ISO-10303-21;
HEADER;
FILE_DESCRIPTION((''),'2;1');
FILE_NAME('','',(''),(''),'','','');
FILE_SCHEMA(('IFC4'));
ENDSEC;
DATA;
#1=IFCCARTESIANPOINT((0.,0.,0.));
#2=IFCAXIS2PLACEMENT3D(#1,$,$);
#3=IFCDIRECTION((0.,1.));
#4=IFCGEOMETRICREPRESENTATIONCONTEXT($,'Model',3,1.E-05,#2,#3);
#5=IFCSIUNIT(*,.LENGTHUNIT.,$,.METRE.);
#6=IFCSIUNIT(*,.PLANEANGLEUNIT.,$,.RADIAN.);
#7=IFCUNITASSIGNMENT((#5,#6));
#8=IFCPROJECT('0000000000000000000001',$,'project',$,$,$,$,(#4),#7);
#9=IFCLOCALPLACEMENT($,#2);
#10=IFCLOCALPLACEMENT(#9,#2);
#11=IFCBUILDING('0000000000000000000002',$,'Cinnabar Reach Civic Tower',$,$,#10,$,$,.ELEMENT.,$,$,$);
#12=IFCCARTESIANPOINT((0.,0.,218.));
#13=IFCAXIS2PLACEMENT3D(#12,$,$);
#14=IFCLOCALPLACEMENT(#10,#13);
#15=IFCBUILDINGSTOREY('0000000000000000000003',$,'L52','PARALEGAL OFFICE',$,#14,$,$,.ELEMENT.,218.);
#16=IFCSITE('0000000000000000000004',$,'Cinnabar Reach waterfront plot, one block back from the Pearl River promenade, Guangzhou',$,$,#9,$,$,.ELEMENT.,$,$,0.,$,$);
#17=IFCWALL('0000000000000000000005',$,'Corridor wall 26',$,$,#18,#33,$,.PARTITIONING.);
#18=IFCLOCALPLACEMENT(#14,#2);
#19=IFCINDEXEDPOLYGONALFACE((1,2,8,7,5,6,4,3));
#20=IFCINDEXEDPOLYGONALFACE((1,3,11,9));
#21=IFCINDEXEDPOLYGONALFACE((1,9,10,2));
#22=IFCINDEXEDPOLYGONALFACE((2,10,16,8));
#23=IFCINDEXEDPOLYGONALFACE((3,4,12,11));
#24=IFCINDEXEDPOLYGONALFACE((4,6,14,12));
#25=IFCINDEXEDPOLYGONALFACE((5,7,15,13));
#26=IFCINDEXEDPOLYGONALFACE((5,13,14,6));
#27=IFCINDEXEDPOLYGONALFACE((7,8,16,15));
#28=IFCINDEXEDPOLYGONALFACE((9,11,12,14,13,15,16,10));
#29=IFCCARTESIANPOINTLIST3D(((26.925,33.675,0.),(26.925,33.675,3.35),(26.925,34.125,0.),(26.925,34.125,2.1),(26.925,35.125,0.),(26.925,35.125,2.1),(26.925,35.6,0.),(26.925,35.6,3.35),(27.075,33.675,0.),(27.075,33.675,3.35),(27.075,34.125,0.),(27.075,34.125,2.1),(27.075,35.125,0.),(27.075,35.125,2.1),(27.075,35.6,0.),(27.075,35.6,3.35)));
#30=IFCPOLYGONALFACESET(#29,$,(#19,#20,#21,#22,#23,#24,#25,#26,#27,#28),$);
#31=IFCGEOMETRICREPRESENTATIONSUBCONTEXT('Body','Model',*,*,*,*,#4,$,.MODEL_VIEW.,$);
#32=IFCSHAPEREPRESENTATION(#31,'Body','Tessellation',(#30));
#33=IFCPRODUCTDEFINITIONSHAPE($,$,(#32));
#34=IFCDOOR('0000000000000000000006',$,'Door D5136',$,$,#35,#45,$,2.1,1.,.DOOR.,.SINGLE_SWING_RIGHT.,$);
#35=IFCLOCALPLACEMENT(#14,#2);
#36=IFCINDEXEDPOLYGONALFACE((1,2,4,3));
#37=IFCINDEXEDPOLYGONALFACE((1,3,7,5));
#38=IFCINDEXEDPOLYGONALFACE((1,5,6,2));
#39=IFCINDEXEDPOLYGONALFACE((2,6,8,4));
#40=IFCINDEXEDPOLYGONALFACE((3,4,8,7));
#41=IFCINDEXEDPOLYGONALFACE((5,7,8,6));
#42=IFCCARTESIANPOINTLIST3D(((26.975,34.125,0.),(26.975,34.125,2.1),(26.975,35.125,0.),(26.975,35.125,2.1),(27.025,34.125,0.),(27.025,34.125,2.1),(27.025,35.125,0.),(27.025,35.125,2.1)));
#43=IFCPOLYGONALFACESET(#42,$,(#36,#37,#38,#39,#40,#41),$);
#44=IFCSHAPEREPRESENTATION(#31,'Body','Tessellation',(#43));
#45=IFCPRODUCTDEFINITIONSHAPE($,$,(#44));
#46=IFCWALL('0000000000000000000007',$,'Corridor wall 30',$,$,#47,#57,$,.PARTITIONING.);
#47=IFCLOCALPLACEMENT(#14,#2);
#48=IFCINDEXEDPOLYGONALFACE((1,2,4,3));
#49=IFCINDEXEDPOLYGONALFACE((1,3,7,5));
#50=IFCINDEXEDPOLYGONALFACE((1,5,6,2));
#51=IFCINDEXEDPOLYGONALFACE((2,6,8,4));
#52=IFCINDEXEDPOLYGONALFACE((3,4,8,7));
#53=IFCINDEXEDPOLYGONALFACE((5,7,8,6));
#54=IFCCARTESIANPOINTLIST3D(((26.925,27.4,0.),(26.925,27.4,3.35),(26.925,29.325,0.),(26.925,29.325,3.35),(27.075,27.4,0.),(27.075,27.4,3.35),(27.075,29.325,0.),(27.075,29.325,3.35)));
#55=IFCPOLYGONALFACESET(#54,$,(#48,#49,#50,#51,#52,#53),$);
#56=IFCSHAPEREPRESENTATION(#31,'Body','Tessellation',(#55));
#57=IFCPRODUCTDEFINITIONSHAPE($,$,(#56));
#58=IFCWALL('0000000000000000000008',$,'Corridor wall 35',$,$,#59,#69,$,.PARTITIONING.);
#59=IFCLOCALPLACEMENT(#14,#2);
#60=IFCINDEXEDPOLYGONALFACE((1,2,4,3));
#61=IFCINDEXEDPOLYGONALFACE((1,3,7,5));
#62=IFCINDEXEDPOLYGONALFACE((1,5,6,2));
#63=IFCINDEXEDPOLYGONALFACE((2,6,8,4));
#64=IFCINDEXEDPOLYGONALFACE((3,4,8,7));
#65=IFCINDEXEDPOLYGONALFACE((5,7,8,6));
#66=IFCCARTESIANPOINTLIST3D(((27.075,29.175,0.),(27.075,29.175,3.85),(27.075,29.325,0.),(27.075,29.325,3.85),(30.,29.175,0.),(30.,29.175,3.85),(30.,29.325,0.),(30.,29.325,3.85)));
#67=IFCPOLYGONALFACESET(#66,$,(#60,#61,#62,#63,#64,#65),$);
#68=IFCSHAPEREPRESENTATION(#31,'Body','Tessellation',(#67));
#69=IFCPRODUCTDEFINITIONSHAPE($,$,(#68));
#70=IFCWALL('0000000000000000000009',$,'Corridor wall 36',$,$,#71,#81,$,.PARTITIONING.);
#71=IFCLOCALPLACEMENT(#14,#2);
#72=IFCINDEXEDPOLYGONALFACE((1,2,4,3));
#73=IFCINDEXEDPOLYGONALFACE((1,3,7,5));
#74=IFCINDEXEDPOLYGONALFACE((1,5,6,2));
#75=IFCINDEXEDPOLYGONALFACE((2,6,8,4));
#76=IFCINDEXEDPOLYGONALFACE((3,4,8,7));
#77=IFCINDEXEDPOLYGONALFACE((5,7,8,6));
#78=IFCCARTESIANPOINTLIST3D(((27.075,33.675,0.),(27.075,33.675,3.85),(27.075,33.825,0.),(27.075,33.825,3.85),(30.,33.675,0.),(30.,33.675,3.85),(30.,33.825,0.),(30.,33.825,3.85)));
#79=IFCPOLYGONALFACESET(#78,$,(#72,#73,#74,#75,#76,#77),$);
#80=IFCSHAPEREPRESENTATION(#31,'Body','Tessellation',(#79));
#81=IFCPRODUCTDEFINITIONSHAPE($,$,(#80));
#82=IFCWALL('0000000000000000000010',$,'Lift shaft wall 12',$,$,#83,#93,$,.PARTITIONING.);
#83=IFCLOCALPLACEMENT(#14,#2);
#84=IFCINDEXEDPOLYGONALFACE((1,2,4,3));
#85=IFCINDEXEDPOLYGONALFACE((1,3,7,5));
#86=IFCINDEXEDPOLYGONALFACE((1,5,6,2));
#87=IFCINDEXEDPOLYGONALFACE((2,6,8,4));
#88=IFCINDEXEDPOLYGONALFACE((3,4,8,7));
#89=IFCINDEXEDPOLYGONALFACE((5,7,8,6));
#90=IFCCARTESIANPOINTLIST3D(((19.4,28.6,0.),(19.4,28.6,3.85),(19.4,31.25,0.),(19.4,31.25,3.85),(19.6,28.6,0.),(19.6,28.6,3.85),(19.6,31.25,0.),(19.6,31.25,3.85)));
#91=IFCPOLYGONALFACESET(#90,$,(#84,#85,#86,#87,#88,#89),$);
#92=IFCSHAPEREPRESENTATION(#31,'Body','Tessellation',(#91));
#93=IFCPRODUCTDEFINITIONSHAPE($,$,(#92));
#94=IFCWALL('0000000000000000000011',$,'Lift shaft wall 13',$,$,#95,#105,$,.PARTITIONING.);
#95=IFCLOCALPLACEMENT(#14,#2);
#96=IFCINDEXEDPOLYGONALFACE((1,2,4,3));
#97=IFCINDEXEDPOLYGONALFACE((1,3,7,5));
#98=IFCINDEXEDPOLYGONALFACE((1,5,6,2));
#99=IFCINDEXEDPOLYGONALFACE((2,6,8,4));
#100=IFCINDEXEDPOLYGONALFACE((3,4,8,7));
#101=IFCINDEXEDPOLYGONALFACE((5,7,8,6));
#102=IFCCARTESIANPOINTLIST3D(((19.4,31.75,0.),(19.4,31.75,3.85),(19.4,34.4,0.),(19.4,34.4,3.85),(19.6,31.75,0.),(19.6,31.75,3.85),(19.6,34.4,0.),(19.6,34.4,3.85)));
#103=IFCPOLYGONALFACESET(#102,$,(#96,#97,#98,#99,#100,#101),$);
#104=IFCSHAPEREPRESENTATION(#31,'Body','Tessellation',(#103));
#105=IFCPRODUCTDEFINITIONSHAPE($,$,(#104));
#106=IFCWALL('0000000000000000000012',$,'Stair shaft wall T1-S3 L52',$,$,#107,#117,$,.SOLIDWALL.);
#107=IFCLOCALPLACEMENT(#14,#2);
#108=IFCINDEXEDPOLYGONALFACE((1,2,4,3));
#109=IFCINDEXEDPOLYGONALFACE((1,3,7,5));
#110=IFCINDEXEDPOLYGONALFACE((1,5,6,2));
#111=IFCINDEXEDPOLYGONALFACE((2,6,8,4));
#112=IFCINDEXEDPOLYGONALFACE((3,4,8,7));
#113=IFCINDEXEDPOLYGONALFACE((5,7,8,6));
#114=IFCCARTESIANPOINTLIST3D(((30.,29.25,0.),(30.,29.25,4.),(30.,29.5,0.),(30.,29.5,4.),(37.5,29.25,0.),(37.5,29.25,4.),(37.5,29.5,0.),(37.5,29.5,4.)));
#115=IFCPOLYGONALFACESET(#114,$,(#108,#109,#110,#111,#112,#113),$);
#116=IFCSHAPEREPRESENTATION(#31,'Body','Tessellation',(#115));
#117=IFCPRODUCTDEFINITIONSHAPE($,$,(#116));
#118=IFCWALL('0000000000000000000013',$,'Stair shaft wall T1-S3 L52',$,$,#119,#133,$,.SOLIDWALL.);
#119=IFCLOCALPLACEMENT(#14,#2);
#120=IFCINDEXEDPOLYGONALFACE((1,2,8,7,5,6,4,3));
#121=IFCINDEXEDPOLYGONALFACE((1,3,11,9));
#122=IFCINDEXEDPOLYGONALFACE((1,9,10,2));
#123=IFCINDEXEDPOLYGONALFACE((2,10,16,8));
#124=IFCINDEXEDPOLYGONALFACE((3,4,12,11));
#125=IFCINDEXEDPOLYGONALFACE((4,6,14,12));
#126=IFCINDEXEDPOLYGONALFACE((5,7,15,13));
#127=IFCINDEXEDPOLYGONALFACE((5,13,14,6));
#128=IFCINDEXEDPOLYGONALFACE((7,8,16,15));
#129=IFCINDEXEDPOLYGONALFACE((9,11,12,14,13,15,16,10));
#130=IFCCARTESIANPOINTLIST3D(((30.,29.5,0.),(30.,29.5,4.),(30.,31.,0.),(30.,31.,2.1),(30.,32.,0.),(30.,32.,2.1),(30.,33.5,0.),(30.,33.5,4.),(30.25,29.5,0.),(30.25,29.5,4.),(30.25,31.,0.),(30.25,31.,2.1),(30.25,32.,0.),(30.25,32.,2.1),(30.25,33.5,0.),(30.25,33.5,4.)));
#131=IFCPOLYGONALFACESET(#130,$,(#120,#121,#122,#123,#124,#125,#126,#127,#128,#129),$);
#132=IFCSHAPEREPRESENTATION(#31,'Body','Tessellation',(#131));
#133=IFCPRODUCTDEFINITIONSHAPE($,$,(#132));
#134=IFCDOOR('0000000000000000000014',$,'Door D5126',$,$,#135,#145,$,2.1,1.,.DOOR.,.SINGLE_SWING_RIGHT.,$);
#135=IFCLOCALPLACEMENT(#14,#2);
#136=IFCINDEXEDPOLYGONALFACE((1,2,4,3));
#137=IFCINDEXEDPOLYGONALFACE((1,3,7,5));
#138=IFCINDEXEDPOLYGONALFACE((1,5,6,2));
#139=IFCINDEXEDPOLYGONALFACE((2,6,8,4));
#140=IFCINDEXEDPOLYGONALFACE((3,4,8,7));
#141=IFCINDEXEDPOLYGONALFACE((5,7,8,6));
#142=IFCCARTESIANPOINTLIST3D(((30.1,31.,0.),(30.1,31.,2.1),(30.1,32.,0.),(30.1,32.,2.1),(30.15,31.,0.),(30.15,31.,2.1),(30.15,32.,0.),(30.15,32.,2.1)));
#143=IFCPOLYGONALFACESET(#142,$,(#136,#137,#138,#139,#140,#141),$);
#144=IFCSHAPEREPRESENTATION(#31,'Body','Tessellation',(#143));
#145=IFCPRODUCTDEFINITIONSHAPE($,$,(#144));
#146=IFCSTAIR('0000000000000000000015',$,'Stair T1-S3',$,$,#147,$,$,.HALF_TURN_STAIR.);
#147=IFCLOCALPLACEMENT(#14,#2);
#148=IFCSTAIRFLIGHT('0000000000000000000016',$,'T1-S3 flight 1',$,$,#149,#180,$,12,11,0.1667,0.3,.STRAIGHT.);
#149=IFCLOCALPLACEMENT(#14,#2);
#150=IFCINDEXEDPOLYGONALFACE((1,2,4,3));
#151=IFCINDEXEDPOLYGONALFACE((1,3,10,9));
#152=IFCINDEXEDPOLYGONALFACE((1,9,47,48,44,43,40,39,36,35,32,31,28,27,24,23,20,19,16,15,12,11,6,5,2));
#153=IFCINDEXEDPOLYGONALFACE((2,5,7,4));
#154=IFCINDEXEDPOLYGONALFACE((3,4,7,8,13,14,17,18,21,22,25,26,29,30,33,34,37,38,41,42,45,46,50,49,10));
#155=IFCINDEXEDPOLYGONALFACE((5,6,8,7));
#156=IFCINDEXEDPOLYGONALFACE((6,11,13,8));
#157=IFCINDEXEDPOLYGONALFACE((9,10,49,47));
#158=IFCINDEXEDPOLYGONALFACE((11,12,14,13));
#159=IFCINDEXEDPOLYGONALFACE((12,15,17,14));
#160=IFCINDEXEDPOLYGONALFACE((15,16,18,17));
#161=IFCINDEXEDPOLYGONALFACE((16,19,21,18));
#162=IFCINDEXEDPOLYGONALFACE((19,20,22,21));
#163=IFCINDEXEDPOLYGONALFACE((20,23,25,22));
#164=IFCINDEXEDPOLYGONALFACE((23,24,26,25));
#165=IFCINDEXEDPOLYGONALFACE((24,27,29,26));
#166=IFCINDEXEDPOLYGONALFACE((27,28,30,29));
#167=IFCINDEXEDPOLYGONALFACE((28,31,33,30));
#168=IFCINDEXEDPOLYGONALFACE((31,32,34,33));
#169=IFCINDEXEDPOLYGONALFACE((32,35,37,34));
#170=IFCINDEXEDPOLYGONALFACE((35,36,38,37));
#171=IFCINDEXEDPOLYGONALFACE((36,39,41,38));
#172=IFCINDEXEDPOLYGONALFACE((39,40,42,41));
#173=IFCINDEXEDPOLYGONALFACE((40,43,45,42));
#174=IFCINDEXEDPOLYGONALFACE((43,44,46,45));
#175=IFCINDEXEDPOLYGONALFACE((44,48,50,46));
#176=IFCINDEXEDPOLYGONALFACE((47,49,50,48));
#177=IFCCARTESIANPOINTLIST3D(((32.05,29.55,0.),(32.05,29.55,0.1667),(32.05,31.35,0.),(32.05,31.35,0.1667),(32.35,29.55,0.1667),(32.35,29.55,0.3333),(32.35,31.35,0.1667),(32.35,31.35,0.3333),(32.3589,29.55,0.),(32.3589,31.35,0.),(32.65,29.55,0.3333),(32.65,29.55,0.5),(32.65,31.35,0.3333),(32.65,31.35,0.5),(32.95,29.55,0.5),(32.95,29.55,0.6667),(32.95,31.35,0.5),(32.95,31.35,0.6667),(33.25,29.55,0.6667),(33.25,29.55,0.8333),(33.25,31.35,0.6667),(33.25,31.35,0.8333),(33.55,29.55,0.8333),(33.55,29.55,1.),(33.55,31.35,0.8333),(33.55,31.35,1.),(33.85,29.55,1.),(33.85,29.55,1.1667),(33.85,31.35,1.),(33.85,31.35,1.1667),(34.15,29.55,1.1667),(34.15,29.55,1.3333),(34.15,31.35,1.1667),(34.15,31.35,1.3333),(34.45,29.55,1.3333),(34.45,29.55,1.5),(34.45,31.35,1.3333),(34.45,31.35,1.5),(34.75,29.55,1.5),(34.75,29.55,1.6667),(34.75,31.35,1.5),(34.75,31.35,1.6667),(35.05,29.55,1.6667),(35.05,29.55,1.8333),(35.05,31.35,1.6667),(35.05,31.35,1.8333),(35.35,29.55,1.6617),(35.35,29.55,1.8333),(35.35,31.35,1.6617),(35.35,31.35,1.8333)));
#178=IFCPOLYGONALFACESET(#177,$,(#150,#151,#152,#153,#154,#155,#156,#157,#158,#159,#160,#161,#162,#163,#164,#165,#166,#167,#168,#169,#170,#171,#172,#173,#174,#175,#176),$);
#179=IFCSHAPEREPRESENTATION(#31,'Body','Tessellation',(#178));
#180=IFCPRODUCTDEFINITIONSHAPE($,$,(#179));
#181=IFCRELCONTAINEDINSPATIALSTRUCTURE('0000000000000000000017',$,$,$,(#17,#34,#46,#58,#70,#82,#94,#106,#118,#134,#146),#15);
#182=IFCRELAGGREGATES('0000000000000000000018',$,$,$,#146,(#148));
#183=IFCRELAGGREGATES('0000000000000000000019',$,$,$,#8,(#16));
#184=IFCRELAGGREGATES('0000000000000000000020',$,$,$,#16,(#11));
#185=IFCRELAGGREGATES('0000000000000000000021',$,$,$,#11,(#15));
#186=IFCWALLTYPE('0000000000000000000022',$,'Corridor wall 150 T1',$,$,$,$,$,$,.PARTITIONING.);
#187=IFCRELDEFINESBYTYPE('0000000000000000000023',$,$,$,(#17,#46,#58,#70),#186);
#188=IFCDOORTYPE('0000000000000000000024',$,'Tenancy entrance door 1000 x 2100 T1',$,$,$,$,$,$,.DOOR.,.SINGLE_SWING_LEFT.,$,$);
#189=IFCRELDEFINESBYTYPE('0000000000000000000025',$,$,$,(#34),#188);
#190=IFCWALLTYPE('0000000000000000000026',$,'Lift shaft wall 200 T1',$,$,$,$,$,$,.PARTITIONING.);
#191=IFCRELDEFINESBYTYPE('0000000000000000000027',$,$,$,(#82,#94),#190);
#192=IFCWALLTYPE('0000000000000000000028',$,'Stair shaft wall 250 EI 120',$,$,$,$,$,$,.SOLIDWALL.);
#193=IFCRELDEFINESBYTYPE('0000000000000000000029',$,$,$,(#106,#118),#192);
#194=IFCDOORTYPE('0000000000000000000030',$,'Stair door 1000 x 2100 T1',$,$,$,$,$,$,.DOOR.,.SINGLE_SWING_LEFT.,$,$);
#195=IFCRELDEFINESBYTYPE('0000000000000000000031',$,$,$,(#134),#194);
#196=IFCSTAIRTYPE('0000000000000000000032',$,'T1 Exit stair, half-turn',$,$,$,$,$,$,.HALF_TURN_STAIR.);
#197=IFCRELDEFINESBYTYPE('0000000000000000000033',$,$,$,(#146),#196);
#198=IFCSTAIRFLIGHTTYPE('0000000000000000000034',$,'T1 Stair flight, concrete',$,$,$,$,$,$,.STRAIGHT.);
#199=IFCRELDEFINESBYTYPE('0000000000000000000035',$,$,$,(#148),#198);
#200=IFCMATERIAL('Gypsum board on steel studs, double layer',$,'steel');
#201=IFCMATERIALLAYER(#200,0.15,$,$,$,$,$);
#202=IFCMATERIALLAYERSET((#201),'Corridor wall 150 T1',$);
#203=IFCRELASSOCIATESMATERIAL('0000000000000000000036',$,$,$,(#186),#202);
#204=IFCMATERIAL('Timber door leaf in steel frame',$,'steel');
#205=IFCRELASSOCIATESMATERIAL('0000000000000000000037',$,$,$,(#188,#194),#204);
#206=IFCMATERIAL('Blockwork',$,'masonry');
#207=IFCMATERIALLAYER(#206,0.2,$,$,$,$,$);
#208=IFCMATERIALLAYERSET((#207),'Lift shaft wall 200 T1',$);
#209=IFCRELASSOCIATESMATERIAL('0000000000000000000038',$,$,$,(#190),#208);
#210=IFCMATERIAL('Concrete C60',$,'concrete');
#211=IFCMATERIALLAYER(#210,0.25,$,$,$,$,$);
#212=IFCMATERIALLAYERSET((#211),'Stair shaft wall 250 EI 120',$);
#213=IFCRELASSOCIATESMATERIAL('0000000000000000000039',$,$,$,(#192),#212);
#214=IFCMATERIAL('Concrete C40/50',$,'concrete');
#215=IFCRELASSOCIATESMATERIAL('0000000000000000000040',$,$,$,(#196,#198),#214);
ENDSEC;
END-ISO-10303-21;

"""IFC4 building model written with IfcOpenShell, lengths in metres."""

from ifc_helpers import new_model, si_unit, direction, frame, frame_2d, origin, place, context, subcontext, project, spatial, polyline, rectangle, outline, extrude, material, layer, layer_set, type_object, element, fill, aggregate, save


model = new_model("IFC4")

# Units and contexts
model_context = context("Model", 3, precision=1e-05, world=origin(), true_north=direction((0.0, 1.0)))
body_context = subcontext(model_context, "Body", "Model", "MODEL_VIEW")
ifc_project = project(units=[si_unit("LENGTHUNIT", "METRE"), si_unit("PLANEANGLEUNIT", "RADIAN")], contexts=[model_context])

# Site, building, storey
site_placement = place(None, origin())
site = spatial("IfcSite", under=ifc_project, at=site_placement, Name="Cinnabar Reach waterfront plot, one block back from the Pearl River promenade, Guangzhou", CompositionType="ELEMENT", RefElevation=0.0)
building_placement = place(site_placement, origin())
building = spatial("IfcBuilding", under=site, at=building_placement, Name="Cinnabar Reach Civic Tower", CompositionType="ELEMENT")
storey_placement = place(building_placement, frame((0.0, 0.0, 218.0)))
storey = spatial("IfcBuildingStorey", under=building, at=storey_placement, Name="L52", Description="PARALEGAL OFFICE", CompositionType="ELEMENT", Elevation=218.0)

# Shared definitions
ifc_material_1 = material(Name="Concrete C60", Category="concrete")

# Shared definitions
ifc_material_2 = material(Name="Timber door leaf in steel frame", Category="steel")

# Wall, opening, door
ifc_material_3 = material(Name="Gypsum board on steel studs, double layer", Category="steel")
ifc_layer_1 = layer(ifc_material_3, 0.15)
ifc_layer_set_1 = layer_set([ifc_layer_1], Name="Corridor wall 150 T1")
wall_type_1 = type_object("IfcWallType", Name="Corridor wall 150 T1", PredefinedType="PARTITIONING", material=ifc_layer_set_1)
wall_1_placement = place(storey_placement, frame((27.0, 33.675, 0.0), z_axis=(0.0, 0.0, 1.0), x_axis=(0.0, 1.0, 0.0)))
wall_1 = element("IfcWall", 1, at=wall_1_placement, inside=storey, type_object=wall_type_1, Name="Corridor wall 26", PredefinedType="PARTITIONING", context=body_context, shape_type="SweptSolid", body=[
    extrude(rectangle(XDim=1.925, YDim=0.15, at=frame_2d((0.9625, 0.0))), origin(), (0.0, 0.0, 1.0), 3.35),
])
opening_1_placement = place(wall_1_placement, frame((0.45, 0.0, 0.0)))
opening_1 = element("IfcOpeningElement", 2, at=opening_1_placement, cuts=wall_1, PredefinedType="OPENING", context=body_context, shape_type="SweptSolid", body=[
    extrude(rectangle(XDim=1.0, YDim=2.1, at=frame_2d((0.5, 1.05))), frame((0.0, 0.085, 0.0), z_axis=(0.0, -1.0, 0.0), x_axis=(1.0, 0.0, 0.0)), (0.0, 0.0, 1.0), 0.17),
])
door_type_1 = type_object("IfcDoorType", Name="Tenancy entrance door 1000 x 2100 T1", OperationType="SINGLE_SWING_LEFT", PredefinedType="DOOR", material=ifc_material_2)
door_1_placement = place(opening_1_placement, frame((1.0, 0.0, 0.0), z_axis=(0.0, 0.0, 1.0), x_axis=(-1.0, 0.0, 0.0)))
door_1 = element("IfcDoor", 3, at=door_1_placement, inside=storey, type_object=door_type_1, Name="Door D5136", OperationType="SINGLE_SWING_RIGHT", OverallHeight=2.1, OverallWidth=1.0, PredefinedType="DOOR", context=body_context, shape_type="SweptSolid", body=[
    extrude(rectangle(XDim=1.0, YDim=2.1, at=frame_2d((0.5, 1.05))), frame((0.0, 0.025, 0.0), z_axis=(0.0, -1.0, 0.0), x_axis=(1.0, 0.0, 0.0)), (0.0, 0.0, 1.0), 0.05),
])
fill(opening_1, door_1)

# Walls
wall_2_placement = place(storey_placement, frame((27.0, 27.4, 0.0), z_axis=(0.0, 0.0, 1.0), x_axis=(0.0, 1.0, 0.0)))
element("IfcWall", 4, at=wall_2_placement, inside=storey, type_object=wall_type_1, Name="Corridor wall 30", PredefinedType="PARTITIONING", context=body_context, shape_type="SweptSolid", body=[
    extrude(rectangle(XDim=1.925, YDim=0.15, at=frame_2d((0.9625, 0.0))), origin(), (0.0, 0.0, 1.0), 3.35),
])
for number, where, z_axis, x_axis, name in (
    (5, (27.075, 29.25, 0.0), (0.0, 0.0, 1.0), (1.0, 0.0, 0.0), "Corridor wall 35"),
    (6, (27.075, 33.75, 0.0), (0.0, 0.0, 1.0), (1.0, 0.0, 0.0), "Corridor wall 36"),
):
    element("IfcWall", number, at=place(storey_placement, frame(where, z_axis=z_axis, x_axis=x_axis)), inside=storey, type_object=wall_type_1, Name=name, PredefinedType="PARTITIONING", context=body_context, shape_type="SweptSolid", body=[
        extrude(rectangle(XDim=2.925, YDim=0.15, at=frame_2d((1.4625, 0.0))), origin(), (0.0, 0.0, 1.0), 3.85),
    ])
ifc_material_4 = material(Name="Blockwork", Category="masonry")
ifc_layer_2 = layer(ifc_material_4, 0.2)
ifc_layer_set_2 = layer_set([ifc_layer_2], Name="Lift shaft wall 200 T1")
wall_type_2 = type_object("IfcWallType", Name="Lift shaft wall 200 T1", PredefinedType="PARTITIONING", material=ifc_layer_set_2)
for number, where, z_axis, x_axis, name in (
    (7, (19.5, 28.6, 0.0), (0.0, 0.0, 1.0), (0.0, 1.0, 0.0), "Lift shaft wall 12"),
    (8, (19.5, 31.75, 0.0), (0.0, 0.0, 1.0), (0.0, 1.0, 0.0), "Lift shaft wall 13"),
):
    element("IfcWall", number, at=place(storey_placement, frame(where, z_axis=z_axis, x_axis=x_axis)), inside=storey, type_object=wall_type_2, Name=name, PredefinedType="PARTITIONING", context=body_context, shape_type="SweptSolid", body=[
        extrude(rectangle(XDim=2.65, YDim=0.2, at=frame_2d((1.325, 0.0))), origin(), (0.0, 0.0, 1.0), 3.85),
    ])
ifc_layer_3 = layer(ifc_material_1, 0.25)
ifc_layer_set_3 = layer_set([ifc_layer_3], Name="Stair shaft wall 250 EI 120")
wall_type_3 = type_object("IfcWallType", Name="Stair shaft wall 250 EI 120", PredefinedType="SOLIDWALL", material=ifc_layer_set_3)
wall_3_placement = place(storey_placement, frame((30.0, 29.375, 0.0), z_axis=(0.0, 0.0, 1.0), x_axis=(1.0, 0.0, 0.0)))
element("IfcWall", 9, at=wall_3_placement, inside=storey, type_object=wall_type_3, Name="Stair shaft wall T1-S3 L52", PredefinedType="SOLIDWALL", context=body_context, shape_type="SweptSolid", body=[
    extrude(rectangle(XDim=7.5, YDim=0.25, at=frame_2d((3.75, 0.0))), origin(), (0.0, 0.0, 1.0), 4.0),
])

# Wall, opening, door
wall_4_placement = place(storey_placement, frame((30.125, 33.5, 0.0), z_axis=(0.0, 0.0, 1.0), x_axis=(0.0, -1.0, 0.0)))
wall_4 = element("IfcWall", 10, at=wall_4_placement, inside=storey, type_object=wall_type_3, Name="Stair shaft wall T1-S3 L52", PredefinedType="SOLIDWALL", context=body_context, shape_type="SweptSolid", body=[
    extrude(rectangle(XDim=4.0, YDim=0.25, at=frame_2d((2.0, 0.0))), origin(), (0.0, 0.0, 1.0), 4.0),
])
opening_2_placement = place(wall_4_placement, frame((1.5, 0.0, 0.0)))
opening_2 = element("IfcOpeningElement", 11, at=opening_2_placement, cuts=wall_4, PredefinedType="OPENING", context=body_context, shape_type="SweptSolid", body=[
    extrude(rectangle(XDim=1.0, YDim=2.1, at=frame_2d((0.5, 1.05))), frame((0.0, 0.135, 0.0), z_axis=(0.0, -1.0, 0.0), x_axis=(1.0, 0.0, 0.0)), (0.0, 0.0, 1.0), 0.27),
])
door_type_2 = type_object("IfcDoorType", Name="Stair door 1000 x 2100 T1", OperationType="SINGLE_SWING_LEFT", PredefinedType="DOOR", material=ifc_material_2)
door_2_placement = place(opening_2_placement, origin())
door_2 = element("IfcDoor", 12, at=door_2_placement, inside=storey, type_object=door_type_2, Name="Door D5126", OperationType="SINGLE_SWING_RIGHT", OverallHeight=2.1, OverallWidth=1.0, PredefinedType="DOOR", context=body_context, shape_type="SweptSolid", body=[
    extrude(rectangle(XDim=1.0, YDim=2.1, at=frame_2d((0.5, 1.05))), frame((0.0, 0.025, 0.0), z_axis=(0.0, -1.0, 0.0), x_axis=(1.0, 0.0, 0.0)), (0.0, 0.0, 1.0), 0.05),
])
fill(opening_2, door_2)

# Stair, stair flight
ifc_material_5 = material(Name="Concrete C40/50", Category="concrete")
stair_type = type_object("IfcStairType", Name="T1 Exit stair, half-turn", PredefinedType="HALF_TURN_STAIR", material=ifc_material_5)
stair_placement = place(storey_placement, origin())
stair = element("IfcStair", 13, at=stair_placement, inside=storey, type_object=stair_type, Name="Stair T1-S3", PredefinedType="HALF_TURN_STAIR")
stair_flight_type = type_object("IfcStairFlightType", Name="T1 Stair flight, concrete", PredefinedType="STRAIGHT", material=ifc_material_5)
stair_flight_placement = place(storey_placement, frame((32.05, 30.45, 0.0), z_axis=(0.0, 0.0, 1.0), x_axis=(1.0, 0.0, 0.0)))
stair_flight = element("IfcStairFlight", 14, at=stair_flight_placement, type_object=stair_flight_type, Name="T1-S3 flight 1", NumberOfRisers=12, NumberOfTreads=11, PredefinedType="STRAIGHT", RiserHeight=0.1667, TreadLength=0.3, context=body_context, shape_type="SweptSolid", body=[
    extrude(outline(polyline([(0.0, 0.0), (0.0, 0.1667), (0.3, 0.1667), (0.3, 0.3333), (0.6, 0.3333), (0.6, 0.5), (0.9, 0.5), (0.9, 0.6667), (1.2, 0.6667), (1.2, 0.8333), (1.5, 0.8333), (1.5, 1.0), (1.8, 1.0), (1.8, 1.1667), (2.1, 1.1667), (2.1, 1.3333), (2.4, 1.3333), (2.4, 1.5), (2.7, 1.5), (2.7, 1.6667), (3.0, 1.6667), (3.0, 1.8333), (3.3, 1.8333), (3.3, 2.0), (3.3, 1.6617), (0.3089, 0.0), (0.0, 0.0)])), frame((0.0, 0.9, 0.0), z_axis=(0.0, -1.0, 0.0), x_axis=(1.0, 0.0, 0.0)), (0.0, 0.0, 1.0), 1.8),
])
aggregate(stair, [stair_flight])

save(model, "model.ifc")
